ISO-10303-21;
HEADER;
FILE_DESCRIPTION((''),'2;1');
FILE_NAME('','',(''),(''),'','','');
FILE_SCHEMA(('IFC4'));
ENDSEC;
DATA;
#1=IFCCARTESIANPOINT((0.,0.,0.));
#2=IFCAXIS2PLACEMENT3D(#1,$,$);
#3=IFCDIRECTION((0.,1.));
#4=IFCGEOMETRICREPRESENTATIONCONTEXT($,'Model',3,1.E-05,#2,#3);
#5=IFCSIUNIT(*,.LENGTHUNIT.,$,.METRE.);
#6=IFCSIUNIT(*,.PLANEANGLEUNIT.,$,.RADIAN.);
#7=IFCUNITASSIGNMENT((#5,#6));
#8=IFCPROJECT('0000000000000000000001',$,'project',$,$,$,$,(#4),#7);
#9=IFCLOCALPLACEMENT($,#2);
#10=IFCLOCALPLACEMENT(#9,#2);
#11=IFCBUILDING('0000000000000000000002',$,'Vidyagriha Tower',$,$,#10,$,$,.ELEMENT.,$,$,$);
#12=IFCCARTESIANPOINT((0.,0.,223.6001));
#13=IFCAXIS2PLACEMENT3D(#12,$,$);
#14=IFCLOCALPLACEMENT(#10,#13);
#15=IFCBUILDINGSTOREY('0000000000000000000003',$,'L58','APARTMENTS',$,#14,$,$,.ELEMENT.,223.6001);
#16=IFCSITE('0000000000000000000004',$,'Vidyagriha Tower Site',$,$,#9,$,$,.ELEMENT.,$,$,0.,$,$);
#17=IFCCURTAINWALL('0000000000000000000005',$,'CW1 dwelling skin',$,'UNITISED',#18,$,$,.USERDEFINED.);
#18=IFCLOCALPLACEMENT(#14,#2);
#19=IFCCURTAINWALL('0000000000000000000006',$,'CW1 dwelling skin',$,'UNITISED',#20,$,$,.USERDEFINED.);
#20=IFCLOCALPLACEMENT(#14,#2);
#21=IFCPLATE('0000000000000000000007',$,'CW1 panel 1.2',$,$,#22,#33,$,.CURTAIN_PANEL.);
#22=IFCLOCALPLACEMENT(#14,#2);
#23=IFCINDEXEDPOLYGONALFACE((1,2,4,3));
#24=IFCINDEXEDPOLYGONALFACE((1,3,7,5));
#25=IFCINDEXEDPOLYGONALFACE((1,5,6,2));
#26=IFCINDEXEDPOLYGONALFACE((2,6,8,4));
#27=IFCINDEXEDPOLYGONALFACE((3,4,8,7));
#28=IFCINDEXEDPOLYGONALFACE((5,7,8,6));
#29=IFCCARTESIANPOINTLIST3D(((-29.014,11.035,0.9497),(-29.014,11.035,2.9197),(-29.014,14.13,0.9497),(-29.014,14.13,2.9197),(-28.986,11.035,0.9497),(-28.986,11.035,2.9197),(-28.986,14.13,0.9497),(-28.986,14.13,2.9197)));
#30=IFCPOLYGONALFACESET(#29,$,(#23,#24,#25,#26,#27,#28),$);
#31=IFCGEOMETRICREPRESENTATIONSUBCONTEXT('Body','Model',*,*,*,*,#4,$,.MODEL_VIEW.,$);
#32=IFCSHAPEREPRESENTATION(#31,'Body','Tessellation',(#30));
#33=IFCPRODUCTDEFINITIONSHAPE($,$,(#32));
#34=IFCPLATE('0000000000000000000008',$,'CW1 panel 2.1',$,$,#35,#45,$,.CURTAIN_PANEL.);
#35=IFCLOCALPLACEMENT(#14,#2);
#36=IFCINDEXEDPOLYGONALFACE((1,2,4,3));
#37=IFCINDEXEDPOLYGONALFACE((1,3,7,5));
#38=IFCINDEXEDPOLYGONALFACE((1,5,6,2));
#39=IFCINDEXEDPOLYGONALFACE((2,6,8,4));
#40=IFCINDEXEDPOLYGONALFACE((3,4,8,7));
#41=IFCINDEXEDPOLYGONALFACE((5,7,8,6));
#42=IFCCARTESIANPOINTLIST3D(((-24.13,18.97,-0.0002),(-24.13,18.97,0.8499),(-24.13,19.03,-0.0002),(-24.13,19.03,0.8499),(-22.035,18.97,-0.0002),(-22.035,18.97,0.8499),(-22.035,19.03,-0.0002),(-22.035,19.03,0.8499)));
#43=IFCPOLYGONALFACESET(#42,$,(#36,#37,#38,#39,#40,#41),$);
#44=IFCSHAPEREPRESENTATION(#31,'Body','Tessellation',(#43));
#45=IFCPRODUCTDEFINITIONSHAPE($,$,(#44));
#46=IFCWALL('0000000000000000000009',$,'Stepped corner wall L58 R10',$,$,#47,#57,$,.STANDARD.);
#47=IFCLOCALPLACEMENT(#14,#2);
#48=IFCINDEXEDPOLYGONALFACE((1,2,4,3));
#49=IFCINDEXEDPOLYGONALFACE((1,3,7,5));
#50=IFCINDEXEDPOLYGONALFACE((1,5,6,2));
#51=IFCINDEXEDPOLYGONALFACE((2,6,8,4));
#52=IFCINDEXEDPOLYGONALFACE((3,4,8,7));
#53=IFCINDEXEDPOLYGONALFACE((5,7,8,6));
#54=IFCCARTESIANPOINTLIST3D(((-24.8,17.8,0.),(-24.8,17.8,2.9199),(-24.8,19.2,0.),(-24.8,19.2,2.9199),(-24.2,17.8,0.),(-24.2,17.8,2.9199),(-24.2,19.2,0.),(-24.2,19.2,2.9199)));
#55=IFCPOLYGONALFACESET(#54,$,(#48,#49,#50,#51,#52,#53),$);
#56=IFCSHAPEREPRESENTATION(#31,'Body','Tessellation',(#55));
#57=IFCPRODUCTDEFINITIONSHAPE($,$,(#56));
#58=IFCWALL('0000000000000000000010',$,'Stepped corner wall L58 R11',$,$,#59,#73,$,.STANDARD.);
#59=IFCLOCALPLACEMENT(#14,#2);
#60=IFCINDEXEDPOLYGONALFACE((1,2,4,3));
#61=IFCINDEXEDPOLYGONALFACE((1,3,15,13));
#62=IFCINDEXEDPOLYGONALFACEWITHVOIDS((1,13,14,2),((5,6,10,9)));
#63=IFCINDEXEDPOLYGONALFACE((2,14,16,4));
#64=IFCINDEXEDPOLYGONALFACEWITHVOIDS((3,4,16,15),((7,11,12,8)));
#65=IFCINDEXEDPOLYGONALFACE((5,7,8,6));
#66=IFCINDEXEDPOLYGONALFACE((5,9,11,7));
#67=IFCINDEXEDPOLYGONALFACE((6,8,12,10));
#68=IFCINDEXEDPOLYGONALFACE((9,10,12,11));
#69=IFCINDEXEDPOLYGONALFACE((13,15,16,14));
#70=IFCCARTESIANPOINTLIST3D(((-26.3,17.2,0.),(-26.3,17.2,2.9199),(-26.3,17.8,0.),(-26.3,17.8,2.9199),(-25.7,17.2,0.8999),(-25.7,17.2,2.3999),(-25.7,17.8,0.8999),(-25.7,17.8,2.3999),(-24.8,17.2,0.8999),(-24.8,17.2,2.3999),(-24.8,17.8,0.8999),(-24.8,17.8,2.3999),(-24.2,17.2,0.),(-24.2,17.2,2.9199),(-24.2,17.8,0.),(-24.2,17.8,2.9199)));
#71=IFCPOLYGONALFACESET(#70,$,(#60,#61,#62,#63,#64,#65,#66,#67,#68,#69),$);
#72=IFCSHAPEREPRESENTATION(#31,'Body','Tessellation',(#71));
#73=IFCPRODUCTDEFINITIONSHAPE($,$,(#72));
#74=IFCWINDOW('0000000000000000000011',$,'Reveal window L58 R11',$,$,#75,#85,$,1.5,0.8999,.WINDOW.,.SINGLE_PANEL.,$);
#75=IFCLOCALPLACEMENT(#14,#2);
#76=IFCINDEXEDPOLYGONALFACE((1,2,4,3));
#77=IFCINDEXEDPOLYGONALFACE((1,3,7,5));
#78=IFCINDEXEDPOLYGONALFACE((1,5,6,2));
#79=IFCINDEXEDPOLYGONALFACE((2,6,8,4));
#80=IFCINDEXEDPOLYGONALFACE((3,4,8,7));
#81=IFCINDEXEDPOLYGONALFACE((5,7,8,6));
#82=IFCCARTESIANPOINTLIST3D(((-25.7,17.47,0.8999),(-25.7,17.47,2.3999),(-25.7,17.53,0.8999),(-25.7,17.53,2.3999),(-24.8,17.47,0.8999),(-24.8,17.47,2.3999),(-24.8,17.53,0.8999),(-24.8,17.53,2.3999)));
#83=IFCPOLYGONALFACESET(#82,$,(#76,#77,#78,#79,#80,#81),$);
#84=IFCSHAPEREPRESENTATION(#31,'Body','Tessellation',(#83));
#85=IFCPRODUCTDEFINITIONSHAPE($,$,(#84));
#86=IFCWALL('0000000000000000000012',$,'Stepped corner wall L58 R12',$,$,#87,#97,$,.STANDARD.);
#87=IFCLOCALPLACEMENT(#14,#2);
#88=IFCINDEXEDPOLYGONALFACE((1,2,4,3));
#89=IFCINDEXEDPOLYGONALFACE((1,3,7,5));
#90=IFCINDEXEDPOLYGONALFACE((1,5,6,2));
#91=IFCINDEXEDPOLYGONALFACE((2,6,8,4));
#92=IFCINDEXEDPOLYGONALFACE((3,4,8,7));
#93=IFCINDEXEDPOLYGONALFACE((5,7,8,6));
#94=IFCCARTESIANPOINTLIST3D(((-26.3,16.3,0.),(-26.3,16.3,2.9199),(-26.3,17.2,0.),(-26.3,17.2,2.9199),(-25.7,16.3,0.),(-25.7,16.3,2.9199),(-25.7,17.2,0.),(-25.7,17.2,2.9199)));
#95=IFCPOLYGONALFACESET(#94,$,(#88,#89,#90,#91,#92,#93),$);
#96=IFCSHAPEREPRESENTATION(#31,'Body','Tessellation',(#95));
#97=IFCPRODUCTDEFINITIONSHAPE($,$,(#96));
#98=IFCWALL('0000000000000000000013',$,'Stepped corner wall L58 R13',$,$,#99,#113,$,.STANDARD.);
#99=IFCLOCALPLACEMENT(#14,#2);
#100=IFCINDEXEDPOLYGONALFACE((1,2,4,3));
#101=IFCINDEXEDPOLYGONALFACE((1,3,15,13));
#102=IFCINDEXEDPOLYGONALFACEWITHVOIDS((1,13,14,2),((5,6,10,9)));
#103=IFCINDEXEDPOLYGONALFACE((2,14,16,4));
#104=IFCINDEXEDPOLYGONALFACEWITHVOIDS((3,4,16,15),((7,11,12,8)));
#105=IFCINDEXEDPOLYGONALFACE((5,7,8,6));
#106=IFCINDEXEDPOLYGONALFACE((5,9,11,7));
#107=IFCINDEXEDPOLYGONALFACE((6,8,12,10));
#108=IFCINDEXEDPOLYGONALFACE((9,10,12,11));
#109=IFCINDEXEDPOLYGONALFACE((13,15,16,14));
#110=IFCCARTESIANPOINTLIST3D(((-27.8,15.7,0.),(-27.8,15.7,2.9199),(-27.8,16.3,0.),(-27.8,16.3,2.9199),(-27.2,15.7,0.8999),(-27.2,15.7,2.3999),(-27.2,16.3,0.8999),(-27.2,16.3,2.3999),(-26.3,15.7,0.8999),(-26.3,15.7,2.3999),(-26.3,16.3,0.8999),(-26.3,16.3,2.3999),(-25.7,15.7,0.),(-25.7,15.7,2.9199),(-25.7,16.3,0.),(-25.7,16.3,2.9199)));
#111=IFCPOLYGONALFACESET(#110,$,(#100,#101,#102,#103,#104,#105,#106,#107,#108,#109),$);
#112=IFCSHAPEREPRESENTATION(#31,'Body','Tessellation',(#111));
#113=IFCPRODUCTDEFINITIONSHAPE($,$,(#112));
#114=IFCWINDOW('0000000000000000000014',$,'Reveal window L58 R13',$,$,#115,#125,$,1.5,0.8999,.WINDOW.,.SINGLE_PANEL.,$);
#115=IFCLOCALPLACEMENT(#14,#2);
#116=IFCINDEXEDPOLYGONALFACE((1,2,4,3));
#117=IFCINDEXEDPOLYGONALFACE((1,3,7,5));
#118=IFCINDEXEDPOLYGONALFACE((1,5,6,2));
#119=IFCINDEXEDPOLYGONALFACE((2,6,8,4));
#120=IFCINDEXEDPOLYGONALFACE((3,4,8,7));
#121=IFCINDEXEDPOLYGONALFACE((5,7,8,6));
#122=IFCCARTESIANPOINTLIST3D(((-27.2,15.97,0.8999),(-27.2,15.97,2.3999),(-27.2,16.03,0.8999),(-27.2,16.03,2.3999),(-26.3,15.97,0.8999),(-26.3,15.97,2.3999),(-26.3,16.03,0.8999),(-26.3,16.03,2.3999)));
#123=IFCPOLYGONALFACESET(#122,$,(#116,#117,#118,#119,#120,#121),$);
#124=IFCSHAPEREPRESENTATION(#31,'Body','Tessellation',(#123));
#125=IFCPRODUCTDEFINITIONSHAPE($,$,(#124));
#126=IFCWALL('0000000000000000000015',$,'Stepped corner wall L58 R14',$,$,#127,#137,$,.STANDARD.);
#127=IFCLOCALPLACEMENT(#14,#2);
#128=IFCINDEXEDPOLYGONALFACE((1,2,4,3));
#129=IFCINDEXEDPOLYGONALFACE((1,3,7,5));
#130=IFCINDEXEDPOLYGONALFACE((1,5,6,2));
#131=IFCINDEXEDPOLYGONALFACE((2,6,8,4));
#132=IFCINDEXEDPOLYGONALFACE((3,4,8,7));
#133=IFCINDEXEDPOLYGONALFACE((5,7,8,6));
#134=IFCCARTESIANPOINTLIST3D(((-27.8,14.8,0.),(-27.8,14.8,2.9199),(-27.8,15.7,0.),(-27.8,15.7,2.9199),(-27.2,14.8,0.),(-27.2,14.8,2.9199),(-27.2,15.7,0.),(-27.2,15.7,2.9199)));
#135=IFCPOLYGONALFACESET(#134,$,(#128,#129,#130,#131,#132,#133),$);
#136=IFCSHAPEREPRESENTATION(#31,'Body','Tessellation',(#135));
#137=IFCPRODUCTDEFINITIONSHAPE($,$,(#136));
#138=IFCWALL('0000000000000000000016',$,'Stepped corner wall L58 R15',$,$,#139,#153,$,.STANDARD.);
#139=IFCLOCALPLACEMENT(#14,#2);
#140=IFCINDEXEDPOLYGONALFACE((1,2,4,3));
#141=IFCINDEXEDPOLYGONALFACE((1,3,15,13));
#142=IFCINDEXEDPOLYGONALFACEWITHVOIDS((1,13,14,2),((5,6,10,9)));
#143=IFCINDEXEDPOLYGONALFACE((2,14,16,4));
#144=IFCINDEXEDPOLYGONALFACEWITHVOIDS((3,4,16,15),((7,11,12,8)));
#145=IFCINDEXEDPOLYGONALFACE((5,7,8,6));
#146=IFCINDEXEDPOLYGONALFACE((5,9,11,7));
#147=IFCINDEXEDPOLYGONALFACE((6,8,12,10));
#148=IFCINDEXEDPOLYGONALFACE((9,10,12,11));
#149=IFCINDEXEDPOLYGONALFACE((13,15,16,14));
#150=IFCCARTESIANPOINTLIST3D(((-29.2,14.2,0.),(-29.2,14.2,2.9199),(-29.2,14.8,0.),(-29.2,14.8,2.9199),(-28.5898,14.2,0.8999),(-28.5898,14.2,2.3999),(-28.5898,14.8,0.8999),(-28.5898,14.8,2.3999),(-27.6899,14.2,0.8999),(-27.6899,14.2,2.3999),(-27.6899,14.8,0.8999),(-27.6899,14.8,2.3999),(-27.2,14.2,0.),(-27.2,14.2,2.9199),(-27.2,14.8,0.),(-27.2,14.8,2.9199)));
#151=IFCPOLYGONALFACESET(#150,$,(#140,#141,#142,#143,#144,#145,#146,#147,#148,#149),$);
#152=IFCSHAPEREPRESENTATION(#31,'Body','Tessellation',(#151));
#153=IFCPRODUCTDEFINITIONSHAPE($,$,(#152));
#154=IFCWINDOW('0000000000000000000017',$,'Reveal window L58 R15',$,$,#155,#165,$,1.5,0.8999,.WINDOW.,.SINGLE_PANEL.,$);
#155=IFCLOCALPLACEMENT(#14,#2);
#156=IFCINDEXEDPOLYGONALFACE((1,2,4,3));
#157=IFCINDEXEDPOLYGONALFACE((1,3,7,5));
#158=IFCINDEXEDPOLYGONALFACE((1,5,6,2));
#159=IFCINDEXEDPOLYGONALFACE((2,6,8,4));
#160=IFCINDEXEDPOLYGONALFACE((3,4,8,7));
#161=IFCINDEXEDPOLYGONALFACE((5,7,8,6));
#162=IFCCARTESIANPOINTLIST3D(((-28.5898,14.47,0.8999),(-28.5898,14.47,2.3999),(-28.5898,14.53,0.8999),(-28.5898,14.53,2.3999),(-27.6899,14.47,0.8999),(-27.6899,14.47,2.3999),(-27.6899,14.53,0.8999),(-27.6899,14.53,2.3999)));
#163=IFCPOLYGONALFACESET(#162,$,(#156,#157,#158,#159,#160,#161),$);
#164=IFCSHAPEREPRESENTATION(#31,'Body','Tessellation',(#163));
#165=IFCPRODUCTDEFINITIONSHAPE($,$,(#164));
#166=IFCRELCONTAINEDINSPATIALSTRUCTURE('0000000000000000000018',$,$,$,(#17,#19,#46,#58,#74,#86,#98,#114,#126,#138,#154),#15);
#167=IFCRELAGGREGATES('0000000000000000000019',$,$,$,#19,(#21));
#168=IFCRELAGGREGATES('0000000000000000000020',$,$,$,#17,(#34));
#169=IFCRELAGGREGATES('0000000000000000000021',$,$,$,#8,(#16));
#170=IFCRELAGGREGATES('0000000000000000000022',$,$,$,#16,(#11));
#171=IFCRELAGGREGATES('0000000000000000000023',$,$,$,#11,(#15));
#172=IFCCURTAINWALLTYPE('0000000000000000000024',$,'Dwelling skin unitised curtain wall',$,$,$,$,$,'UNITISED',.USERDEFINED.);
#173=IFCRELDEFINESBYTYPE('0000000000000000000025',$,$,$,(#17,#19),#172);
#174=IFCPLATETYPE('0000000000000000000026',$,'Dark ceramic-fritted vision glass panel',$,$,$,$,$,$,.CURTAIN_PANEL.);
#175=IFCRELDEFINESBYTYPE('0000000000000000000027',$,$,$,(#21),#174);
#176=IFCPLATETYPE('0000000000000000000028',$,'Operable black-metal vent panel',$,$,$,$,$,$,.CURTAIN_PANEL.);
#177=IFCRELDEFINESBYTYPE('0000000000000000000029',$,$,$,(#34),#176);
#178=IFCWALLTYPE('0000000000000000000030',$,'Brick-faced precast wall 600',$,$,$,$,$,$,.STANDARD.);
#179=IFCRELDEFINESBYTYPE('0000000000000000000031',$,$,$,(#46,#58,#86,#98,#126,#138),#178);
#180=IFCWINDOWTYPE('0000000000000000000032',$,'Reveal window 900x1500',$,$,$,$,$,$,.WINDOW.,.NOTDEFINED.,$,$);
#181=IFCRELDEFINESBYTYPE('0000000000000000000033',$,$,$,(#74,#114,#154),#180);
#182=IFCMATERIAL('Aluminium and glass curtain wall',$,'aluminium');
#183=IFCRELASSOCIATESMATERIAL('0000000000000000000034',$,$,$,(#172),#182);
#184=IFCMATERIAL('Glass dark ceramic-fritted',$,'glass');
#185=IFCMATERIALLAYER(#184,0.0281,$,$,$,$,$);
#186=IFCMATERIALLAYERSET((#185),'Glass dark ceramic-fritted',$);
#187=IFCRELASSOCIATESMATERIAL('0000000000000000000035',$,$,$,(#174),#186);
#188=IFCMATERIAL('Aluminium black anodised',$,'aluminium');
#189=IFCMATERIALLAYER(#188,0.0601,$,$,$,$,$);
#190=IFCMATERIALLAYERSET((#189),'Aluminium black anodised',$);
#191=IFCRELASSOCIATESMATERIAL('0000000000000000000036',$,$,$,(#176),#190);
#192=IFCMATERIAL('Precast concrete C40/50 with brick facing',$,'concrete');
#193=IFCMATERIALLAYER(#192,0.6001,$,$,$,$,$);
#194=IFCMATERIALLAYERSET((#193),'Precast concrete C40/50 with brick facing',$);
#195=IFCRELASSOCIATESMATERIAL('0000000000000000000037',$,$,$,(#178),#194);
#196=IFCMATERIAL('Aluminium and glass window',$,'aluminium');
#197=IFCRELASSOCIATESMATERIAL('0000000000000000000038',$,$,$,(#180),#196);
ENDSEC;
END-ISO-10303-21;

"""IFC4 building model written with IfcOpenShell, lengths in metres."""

from ifc_helpers import new_model, si_unit, direction, frame, frame_2d, origin, origin_2d, place, context, subcontext, project, spatial, rectangle, extrude, material, layer, layer_set, type_object, element, fill, aggregate, save


model = new_model("IFC4")

# Units and contexts
model_context = context("Model", 3, precision=1e-05, world=origin(), true_north=direction((0.0, 1.0)))
body_context = subcontext(model_context, "Body", "Model", "MODEL_VIEW")
ifc_project = project(units=[si_unit("LENGTHUNIT", "METRE"), si_unit("PLANEANGLEUNIT", "RADIAN")], contexts=[model_context])

# Site, building, storey
site_placement = place(None, origin())
site = spatial("IfcSite", under=ifc_project, at=site_placement, Name="Vidyagriha Tower Site", CompositionType="ELEMENT", RefElevation=0.0)
building_placement = place(site_placement, origin())
building = spatial("IfcBuilding", under=site, at=building_placement, Name="Vidyagriha Tower", CompositionType="ELEMENT")
storey_placement = place(building_placement, frame((0.0, 0.0, 223.6001)))
storey = spatial("IfcBuildingStorey", under=building, at=storey_placement, Name="L58", Description="APARTMENTS", CompositionType="ELEMENT", Elevation=223.6001)

# Curtain wall
ifc_material_1 = material(Name="Aluminium and glass curtain wall", Category="aluminium")
curtain_wall_type = type_object("IfcCurtainWallType", Name="Dwelling skin unitised curtain wall", ElementType="UNITISED", PredefinedType="USERDEFINED", material=ifc_material_1)
curtain_wall_1_placement = place(storey_placement, origin())
curtain_wall_1 = element("IfcCurtainWall", 1, at=curtain_wall_1_placement, inside=storey, type_object=curtain_wall_type, Name="CW1 dwelling skin", ObjectType="UNITISED", PredefinedType="USERDEFINED")

# Curtain wall
curtain_wall_2_placement = place(storey_placement, origin())
curtain_wall_2 = element("IfcCurtainWall", 2, at=curtain_wall_2_placement, inside=storey, type_object=curtain_wall_type, Name="CW1 dwelling skin", ObjectType="UNITISED", PredefinedType="USERDEFINED")

# Plates
ifc_material_2 = material(Name="Glass dark ceramic-fritted", Category="glass")
ifc_layer_1 = layer(ifc_material_2, 0.0281)
ifc_layer_set_1 = layer_set([ifc_layer_1], Name="Glass dark ceramic-fritted")
plate_type_1 = type_object("IfcPlateType", Name="Dark ceramic-fritted vision glass panel", PredefinedType="CURTAIN_PANEL", material=ifc_layer_set_1)
plate_1_placement = place(storey_placement, frame((-29.0, 12.5825, 0.9497), z_axis=(0.0, 0.0, 1.0), x_axis=(0.0, -1.0, 0.0)))
plate_1 = element("IfcPlate", 3, at=plate_1_placement, type_object=plate_type_1, Name="CW1 panel 1.2", PredefinedType="CURTAIN_PANEL", context=body_context, shape_type="SweptSolid", body=[
    extrude(rectangle(XDim=3.095, YDim=0.0281, at=origin_2d()), origin(), (0.0, 0.0, 1.0), 1.97),
])
aggregate(curtain_wall_2, [plate_1])
ifc_material_3 = material(Name="Aluminium black anodised", Category="aluminium")
ifc_layer_2 = layer(ifc_material_3, 0.0601)
ifc_layer_set_2 = layer_set([ifc_layer_2], Name="Aluminium black anodised")
plate_type_2 = type_object("IfcPlateType", Name="Operable black-metal vent panel", PredefinedType="CURTAIN_PANEL", material=ifc_layer_set_2)
plate_2_placement = place(storey_placement, frame((-23.0825, 19.0, -0.0002), z_axis=(0.0, 0.0, 1.0), x_axis=(-1.0, 0.0, 0.0)))
plate_2 = element("IfcPlate", 4, at=plate_2_placement, type_object=plate_type_2, Name="CW1 panel 2.1", PredefinedType="CURTAIN_PANEL", context=body_context, shape_type="SweptSolid", body=[
    extrude(rectangle(XDim=2.095, YDim=0.0601, at=origin_2d()), origin(), (0.0, 0.0, 1.0), 0.8501),
])
aggregate(curtain_wall_1, [plate_2])

# Wall
ifc_material_4 = material(Name="Precast concrete C40/50 with brick facing", Category="concrete")
ifc_layer_3 = layer(ifc_material_4, 0.6001)
ifc_layer_set_3 = layer_set([ifc_layer_3], Name="Precast concrete C40/50 with brick facing")
wall_type_1 = type_object("IfcWallType", Name="Brick-faced precast wall 600", PredefinedType="STANDARD", material=ifc_layer_set_3)
wall_1_placement = place(storey_placement, frame((-24.5, 19.2, 0.0), z_axis=(0.0, 0.0, 1.0), x_axis=(0.0, -1.0, 0.0)))
element("IfcWall", 5, at=wall_1_placement, inside=storey, type_object=wall_type_1, Name="Stepped corner wall L58 R10", PredefinedType="STANDARD", context=body_context, shape_type="SweptSolid", body=[
    extrude(rectangle(XDim=1.3999, YDim=0.6001, at=frame_2d((0.7, 0.0))), origin(), (0.0, 0.0, 1.0), 2.9199),
])

# Wall, opening, window
wall_2_placement = place(storey_placement, frame((-24.2, 17.5, 0.0), z_axis=(0.0, 0.0, 1.0), x_axis=(-1.0, 0.0, 0.0)))
wall_2 = element("IfcWall", 6, at=wall_2_placement, inside=storey, type_object=wall_type_1, Name="Stepped corner wall L58 R11", PredefinedType="STANDARD", context=body_context, shape_type="SweptSolid", body=[
    extrude(rectangle(XDim=2.1001, YDim=0.6001, at=frame_2d((1.05, 0.0))), origin(), (0.0, 0.0, 1.0), 2.9199),
])
opening_1_placement = place(wall_2_placement, frame((0.6001, 0.0, 0.8999)))
opening_1 = element("IfcOpeningElement", 7, at=opening_1_placement, cuts=wall_2, PredefinedType="OPENING", context=body_context, shape_type="SweptSolid", body=[
    extrude(rectangle(XDim=0.8999, YDim=1.5, at=frame_2d((0.45, 0.75))), frame((0.0, 0.3101, 0.0), z_axis=(0.0, -1.0, 0.0), x_axis=(1.0, 0.0, 0.0)), (0.0, 0.0, 1.0), 0.6201),
])
ifc_material_5 = material(Name="Aluminium and glass window", Category="aluminium")
window_type = type_object("IfcWindowType", Name="Reveal window 900x1500", PartitioningType="NOTDEFINED", PredefinedType="WINDOW", material=ifc_material_5)
window_1_placement = place(opening_1_placement, origin())
window_1 = element("IfcWindow", 8, at=window_1_placement, inside=storey, type_object=window_type, Name="Reveal window L58 R11", OverallHeight=1.5, OverallWidth=0.8999, PartitioningType="SINGLE_PANEL", PredefinedType="WINDOW", context=body_context, shape_type="SweptSolid", body=[
    extrude(rectangle(XDim=0.8999, YDim=1.5, at=frame_2d((0.45, 0.75))), frame((0.0, 0.03, 0.0), z_axis=(0.0, -1.0, 0.0), x_axis=(1.0, 0.0, 0.0)), (0.0, 0.0, 1.0), 0.0601),
])
fill(opening_1, window_1)

# Wall
wall_3_placement = place(storey_placement, frame((-26.0, 17.2, 0.0), z_axis=(0.0, 0.0, 1.0), x_axis=(0.0, -1.0, 0.0)))
element("IfcWall", 9, at=wall_3_placement, inside=storey, type_object=wall_type_1, Name="Stepped corner wall L58 R12", PredefinedType="STANDARD", context=body_context, shape_type="SweptSolid", body=[
    extrude(rectangle(XDim=0.8999, YDim=0.6001, at=frame_2d((0.45, 0.0))), origin(), (0.0, 0.0, 1.0), 2.9199),
])

# Wall, opening, window
wall_4_placement = place(storey_placement, frame((-25.7, 16.0, 0.0), z_axis=(0.0, 0.0, 1.0), x_axis=(-1.0, 0.0, 0.0)))
wall_4 = element("IfcWall", 10, at=wall_4_placement, inside=storey, type_object=wall_type_1, Name="Stepped corner wall L58 R13", PredefinedType="STANDARD", context=body_context, shape_type="SweptSolid", body=[
    extrude(rectangle(XDim=2.1001, YDim=0.6001, at=frame_2d((1.05, 0.0))), origin(), (0.0, 0.0, 1.0), 2.9199),
])
opening_2_placement = place(wall_4_placement, frame((0.6001, 0.0, 0.8999)))
opening_2 = element("IfcOpeningElement", 11, at=opening_2_placement, cuts=wall_4, PredefinedType="OPENING", context=body_context, shape_type="SweptSolid", body=[
    extrude(rectangle(XDim=0.8999, YDim=1.5, at=frame_2d((0.45, 0.75))), frame((0.0, 0.3101, 0.0), z_axis=(0.0, -1.0, 0.0), x_axis=(1.0, 0.0, 0.0)), (0.0, 0.0, 1.0), 0.6201),
])
window_2_placement = place(opening_2_placement, origin())
window_2 = element("IfcWindow", 12, at=window_2_placement, inside=storey, type_object=window_type, Name="Reveal window L58 R13", OverallHeight=1.5, OverallWidth=0.8999, PartitioningType="SINGLE_PANEL", PredefinedType="WINDOW", context=body_context, shape_type="SweptSolid", body=[
    extrude(rectangle(XDim=0.8999, YDim=1.5, at=frame_2d((0.45, 0.75))), frame((0.0, 0.03, 0.0), z_axis=(0.0, -1.0, 0.0), x_axis=(1.0, 0.0, 0.0)), (0.0, 0.0, 1.0), 0.0601),
])
fill(opening_2, window_2)

# Wall
wall_5_placement = place(storey_placement, frame((-27.5, 15.7, 0.0), z_axis=(0.0, 0.0, 1.0), x_axis=(0.0, -1.0, 0.0)))
element("IfcWall", 13, at=wall_5_placement, inside=storey, type_object=wall_type_1, Name="Stepped corner wall L58 R14", PredefinedType="STANDARD", context=body_context, shape_type="SweptSolid", body=[
    extrude(rectangle(XDim=0.8999, YDim=0.6001, at=frame_2d((0.45, 0.0))), origin(), (0.0, 0.0, 1.0), 2.9199),
])

# Wall, opening, window
wall_6_placement = place(storey_placement, frame((-27.2, 14.5, 0.0), z_axis=(0.0, 0.0, 1.0), x_axis=(-1.0, 0.0, 0.0)))
wall_6 = element("IfcWall", 14, at=wall_6_placement, inside=storey, type_object=wall_type_1, Name="Stepped corner wall L58 R15", PredefinedType="STANDARD", context=body_context, shape_type="SweptSolid", body=[
    extrude(rectangle(XDim=2.0, YDim=0.6001, at=frame_2d((1.0, 0.0))), origin(), (0.0, 0.0, 1.0), 2.9199),
])
opening_3_placement = place(wall_6_placement, frame((0.49, 0.0, 0.8999)))
opening_3 = element("IfcOpeningElement", 15, at=opening_3_placement, cuts=wall_6, PredefinedType="OPENING", context=body_context, shape_type="SweptSolid", body=[
    extrude(rectangle(XDim=0.8999, YDim=1.5, at=frame_2d((0.45, 0.75))), frame((0.0, 0.3101, 0.0), z_axis=(0.0, -1.0, 0.0), x_axis=(1.0, 0.0, 0.0)), (0.0, 0.0, 1.0), 0.6201),
])
window_3_placement = place(opening_3_placement, origin())
window_3 = element("IfcWindow", 16, at=window_3_placement, inside=storey, type_object=window_type, Name="Reveal window L58 R15", OverallHeight=1.5, OverallWidth=0.8999, PartitioningType="SINGLE_PANEL", PredefinedType="WINDOW", context=body_context, shape_type="SweptSolid", body=[
    extrude(rectangle(XDim=0.8999, YDim=1.5, at=frame_2d((0.45, 0.75))), frame((0.0, 0.03, 0.0), z_axis=(0.0, -1.0, 0.0), x_axis=(1.0, 0.0, 0.0)), (0.0, 0.0, 1.0), 0.0601),
])
fill(opening_3, window_3)

save(model, "model.ifc")
